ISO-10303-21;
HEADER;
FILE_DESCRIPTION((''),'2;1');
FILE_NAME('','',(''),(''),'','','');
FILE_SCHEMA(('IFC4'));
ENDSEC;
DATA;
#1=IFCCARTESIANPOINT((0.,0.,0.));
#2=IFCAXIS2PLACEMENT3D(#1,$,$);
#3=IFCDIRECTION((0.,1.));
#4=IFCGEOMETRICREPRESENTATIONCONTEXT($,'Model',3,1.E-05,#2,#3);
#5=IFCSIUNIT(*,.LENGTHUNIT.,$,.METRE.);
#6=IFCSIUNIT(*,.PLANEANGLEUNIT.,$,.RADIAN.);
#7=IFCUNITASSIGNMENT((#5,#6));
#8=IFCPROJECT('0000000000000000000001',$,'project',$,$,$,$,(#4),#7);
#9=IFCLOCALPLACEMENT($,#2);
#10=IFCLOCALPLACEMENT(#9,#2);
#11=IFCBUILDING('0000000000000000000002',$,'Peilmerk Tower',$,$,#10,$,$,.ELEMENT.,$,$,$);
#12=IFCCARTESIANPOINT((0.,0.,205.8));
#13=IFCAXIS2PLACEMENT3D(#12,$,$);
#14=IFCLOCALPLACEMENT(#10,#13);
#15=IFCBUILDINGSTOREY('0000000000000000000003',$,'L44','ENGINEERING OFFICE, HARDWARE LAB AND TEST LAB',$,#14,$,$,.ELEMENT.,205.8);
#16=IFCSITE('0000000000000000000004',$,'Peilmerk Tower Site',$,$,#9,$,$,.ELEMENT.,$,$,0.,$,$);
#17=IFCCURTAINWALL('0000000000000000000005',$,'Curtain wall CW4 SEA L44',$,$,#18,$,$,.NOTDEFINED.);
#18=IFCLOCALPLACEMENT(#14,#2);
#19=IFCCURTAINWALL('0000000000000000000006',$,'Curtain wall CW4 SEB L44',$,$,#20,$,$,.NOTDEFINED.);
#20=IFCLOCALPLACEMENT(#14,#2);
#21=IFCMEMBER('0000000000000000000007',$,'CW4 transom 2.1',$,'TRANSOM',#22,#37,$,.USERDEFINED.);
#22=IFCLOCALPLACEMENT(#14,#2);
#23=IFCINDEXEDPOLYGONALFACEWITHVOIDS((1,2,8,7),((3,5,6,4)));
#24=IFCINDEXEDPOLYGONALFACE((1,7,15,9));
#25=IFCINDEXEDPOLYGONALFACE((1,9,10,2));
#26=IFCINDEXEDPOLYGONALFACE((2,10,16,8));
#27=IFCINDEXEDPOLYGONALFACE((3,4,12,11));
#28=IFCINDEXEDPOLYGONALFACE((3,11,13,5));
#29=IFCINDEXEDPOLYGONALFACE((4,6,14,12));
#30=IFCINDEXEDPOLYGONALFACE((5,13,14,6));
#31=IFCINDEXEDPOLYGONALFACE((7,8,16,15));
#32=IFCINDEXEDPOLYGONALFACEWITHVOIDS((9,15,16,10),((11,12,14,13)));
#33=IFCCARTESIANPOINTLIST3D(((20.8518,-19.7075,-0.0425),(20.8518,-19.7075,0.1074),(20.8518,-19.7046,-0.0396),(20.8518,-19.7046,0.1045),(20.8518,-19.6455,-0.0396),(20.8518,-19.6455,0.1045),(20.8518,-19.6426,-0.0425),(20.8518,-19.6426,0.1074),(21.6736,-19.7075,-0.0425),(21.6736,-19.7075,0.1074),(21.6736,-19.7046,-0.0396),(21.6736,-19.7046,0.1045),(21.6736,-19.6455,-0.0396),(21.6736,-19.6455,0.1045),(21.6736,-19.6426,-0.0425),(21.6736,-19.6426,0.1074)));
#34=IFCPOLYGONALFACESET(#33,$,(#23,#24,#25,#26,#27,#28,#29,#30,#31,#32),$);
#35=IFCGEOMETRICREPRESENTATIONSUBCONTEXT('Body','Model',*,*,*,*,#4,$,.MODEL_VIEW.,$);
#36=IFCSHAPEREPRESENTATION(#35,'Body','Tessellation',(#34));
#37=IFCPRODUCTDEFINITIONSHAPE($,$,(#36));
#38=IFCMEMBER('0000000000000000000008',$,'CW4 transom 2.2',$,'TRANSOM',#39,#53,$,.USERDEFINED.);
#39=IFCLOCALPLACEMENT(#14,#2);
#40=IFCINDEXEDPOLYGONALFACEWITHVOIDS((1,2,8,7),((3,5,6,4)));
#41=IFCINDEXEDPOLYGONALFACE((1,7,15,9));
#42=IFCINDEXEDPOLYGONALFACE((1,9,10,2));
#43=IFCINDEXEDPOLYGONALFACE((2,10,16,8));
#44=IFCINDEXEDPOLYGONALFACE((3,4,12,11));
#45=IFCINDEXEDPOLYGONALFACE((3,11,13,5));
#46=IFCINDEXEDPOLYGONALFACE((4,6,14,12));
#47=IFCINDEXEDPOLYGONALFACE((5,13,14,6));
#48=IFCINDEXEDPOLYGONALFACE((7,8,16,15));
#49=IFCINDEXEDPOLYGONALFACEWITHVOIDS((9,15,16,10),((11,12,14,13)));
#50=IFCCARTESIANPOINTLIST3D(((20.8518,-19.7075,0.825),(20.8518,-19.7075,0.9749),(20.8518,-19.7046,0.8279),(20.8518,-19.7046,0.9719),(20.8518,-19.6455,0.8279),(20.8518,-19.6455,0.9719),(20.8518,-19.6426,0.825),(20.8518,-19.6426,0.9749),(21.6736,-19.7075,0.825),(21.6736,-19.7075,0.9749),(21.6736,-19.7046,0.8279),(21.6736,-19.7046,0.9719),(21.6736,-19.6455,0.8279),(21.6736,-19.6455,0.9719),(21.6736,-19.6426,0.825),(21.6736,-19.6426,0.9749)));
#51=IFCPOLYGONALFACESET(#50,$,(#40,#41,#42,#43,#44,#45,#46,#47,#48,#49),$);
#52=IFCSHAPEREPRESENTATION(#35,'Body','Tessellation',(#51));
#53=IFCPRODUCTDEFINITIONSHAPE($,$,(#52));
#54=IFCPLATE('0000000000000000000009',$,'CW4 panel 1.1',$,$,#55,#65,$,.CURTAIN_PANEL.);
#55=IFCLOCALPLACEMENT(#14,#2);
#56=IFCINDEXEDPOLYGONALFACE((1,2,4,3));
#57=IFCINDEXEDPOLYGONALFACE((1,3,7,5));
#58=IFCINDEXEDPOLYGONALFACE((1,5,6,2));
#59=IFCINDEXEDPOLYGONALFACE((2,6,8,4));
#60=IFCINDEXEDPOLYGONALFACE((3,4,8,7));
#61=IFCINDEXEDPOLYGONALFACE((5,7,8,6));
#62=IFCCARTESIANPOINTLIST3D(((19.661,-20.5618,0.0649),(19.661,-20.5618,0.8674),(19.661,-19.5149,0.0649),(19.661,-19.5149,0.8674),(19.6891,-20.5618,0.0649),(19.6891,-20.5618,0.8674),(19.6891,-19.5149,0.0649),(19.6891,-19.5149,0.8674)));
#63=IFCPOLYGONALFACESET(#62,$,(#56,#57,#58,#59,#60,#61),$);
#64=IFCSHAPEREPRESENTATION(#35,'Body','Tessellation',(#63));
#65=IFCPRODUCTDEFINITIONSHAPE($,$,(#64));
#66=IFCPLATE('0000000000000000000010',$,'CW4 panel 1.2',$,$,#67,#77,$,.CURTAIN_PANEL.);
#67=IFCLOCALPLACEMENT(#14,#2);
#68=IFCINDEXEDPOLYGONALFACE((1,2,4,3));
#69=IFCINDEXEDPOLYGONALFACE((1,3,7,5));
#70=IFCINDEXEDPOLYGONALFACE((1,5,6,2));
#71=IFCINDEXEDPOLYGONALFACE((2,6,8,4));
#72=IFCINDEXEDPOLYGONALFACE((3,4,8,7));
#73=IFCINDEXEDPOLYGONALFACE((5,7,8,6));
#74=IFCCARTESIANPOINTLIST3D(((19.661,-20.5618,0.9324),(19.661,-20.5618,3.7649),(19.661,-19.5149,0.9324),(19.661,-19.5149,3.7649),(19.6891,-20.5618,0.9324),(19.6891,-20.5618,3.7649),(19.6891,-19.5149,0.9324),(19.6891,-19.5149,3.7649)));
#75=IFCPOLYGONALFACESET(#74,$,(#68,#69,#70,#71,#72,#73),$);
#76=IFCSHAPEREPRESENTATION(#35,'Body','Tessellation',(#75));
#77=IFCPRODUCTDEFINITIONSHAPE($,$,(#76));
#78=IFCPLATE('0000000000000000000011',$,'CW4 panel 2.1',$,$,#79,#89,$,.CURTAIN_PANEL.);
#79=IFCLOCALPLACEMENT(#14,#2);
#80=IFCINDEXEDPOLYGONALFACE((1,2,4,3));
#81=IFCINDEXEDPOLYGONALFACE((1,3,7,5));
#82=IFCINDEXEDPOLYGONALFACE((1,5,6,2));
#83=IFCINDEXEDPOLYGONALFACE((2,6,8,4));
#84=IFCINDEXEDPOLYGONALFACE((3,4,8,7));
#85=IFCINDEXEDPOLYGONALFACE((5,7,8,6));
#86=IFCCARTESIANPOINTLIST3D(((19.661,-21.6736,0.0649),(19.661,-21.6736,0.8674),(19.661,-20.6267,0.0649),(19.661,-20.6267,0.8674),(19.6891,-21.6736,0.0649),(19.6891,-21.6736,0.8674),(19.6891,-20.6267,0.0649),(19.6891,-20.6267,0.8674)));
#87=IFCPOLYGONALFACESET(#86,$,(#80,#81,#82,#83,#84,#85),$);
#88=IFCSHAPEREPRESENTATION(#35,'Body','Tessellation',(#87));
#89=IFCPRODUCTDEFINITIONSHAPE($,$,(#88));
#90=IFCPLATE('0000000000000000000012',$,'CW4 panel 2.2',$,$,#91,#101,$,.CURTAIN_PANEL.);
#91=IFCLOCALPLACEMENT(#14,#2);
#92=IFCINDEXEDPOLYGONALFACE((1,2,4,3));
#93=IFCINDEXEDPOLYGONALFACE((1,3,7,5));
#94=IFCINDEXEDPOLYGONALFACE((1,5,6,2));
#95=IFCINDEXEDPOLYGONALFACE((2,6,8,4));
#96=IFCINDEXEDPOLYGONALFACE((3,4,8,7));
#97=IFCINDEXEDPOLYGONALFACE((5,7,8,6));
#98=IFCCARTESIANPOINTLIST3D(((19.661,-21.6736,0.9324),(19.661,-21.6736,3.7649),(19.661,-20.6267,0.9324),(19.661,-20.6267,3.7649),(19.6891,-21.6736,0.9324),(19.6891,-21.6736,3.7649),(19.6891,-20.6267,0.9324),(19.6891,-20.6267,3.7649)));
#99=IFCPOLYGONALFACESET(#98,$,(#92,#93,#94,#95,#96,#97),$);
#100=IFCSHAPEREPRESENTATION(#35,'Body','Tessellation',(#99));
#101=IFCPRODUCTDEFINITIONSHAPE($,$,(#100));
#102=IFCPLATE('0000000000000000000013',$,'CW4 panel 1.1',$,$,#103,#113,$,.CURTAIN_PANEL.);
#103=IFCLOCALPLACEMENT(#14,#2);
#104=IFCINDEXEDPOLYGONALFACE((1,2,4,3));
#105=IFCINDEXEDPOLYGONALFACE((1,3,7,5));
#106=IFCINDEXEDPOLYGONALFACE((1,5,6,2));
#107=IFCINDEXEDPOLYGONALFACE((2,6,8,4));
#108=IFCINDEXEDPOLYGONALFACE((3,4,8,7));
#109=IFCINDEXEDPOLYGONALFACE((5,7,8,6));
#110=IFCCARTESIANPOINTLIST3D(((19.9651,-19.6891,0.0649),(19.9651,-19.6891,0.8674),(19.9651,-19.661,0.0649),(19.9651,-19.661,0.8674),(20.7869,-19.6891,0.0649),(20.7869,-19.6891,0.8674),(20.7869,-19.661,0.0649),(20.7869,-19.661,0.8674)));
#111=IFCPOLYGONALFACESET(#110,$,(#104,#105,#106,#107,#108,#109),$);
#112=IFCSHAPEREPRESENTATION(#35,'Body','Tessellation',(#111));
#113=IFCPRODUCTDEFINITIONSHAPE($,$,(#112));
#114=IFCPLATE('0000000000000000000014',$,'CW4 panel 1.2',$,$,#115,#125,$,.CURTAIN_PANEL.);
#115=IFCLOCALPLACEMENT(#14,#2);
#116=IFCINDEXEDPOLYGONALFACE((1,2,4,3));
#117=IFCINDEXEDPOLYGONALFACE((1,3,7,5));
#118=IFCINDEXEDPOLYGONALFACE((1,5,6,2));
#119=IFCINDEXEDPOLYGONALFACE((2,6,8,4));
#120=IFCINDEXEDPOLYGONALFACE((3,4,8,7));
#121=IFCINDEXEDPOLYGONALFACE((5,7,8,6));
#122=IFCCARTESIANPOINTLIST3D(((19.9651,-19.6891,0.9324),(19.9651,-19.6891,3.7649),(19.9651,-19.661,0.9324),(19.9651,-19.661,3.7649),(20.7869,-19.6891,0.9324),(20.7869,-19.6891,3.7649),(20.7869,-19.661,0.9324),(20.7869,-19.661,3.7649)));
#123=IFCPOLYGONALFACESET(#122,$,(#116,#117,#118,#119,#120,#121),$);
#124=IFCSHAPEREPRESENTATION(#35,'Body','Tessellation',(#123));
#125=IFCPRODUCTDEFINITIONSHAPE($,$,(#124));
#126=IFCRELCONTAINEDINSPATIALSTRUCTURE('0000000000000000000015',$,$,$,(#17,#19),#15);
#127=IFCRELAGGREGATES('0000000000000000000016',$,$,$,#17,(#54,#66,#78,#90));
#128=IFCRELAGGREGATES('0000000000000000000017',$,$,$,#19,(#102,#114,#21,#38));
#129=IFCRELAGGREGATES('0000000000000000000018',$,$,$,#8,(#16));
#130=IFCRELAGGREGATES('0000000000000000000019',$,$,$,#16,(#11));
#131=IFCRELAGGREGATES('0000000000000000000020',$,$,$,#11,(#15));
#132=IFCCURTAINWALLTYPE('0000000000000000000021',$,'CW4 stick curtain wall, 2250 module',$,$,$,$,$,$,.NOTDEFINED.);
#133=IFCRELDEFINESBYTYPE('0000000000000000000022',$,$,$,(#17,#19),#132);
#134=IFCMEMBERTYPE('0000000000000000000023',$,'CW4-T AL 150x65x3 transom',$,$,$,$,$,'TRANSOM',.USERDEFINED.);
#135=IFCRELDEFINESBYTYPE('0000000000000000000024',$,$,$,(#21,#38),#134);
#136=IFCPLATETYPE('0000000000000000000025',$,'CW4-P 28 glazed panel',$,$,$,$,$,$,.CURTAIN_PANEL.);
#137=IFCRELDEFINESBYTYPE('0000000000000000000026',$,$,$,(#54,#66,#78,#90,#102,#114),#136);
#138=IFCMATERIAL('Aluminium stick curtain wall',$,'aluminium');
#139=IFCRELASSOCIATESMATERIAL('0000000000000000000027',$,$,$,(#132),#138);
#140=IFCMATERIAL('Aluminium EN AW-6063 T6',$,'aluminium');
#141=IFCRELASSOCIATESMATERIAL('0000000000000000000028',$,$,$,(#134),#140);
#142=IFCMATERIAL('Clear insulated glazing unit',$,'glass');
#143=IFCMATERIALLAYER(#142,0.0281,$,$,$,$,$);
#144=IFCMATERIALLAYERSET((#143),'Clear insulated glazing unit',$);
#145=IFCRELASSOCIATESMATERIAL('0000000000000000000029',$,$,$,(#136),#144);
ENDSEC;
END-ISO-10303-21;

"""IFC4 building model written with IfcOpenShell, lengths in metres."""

from ifc_helpers import new_model, si_unit, direction, frame, origin, origin_2d, place, context, subcontext, project, spatial, rectangle, hollow_rectangle, extrude, material, layer, layer_set, material_profile, profile_set, type_object, element, aggregate, save


model = new_model("IFC4")

# Units and contexts
model_context = context("Model", 3, precision=1e-05, world=origin(), true_north=direction((0.0, 1.0)))
body_context = subcontext(model_context, "Body", "Model", "MODEL_VIEW")
ifc_project = project(units=[si_unit("LENGTHUNIT", "METRE"), si_unit("PLANEANGLEUNIT", "RADIAN")], contexts=[model_context])

# Site, building, storey
site_placement = place(None, origin())
site = spatial("IfcSite", under=ifc_project, at=site_placement, Name="Peilmerk Tower Site", CompositionType="ELEMENT", RefElevation=0.0)
building_placement = place(site_placement, origin())
building = spatial("IfcBuilding", under=site, at=building_placement, Name="Peilmerk Tower", CompositionType="ELEMENT")
storey_placement = place(building_placement, frame((0.0, 0.0, 205.8)))
storey = spatial("IfcBuildingStorey", under=building, at=storey_placement, Name="L44", Description="ENGINEERING OFFICE, HARDWARE LAB AND TEST LAB", CompositionType="ELEMENT", Elevation=205.8)

# Curtain walls
ifc_material_1 = material(Name="Aluminium stick curtain wall", Category="aluminium")
curtain_wall_type = type_object("IfcCurtainWallType", Name="CW4 stick curtain wall, 2250 module", PredefinedType="NOTDEFINED", material=ifc_material_1)
curtain_wall_1_placement = place(storey_placement, origin())
curtain_wall_1 = element("IfcCurtainWall", 1, at=curtain_wall_1_placement, inside=storey, type_object=curtain_wall_type, Name="Curtain wall CW4 SEA L44", PredefinedType="NOTDEFINED")
ifc_material_2 = material(Name="Aluminium EN AW-6063 T6", Category="aluminium")
curtain_wall_2_placement = place(storey_placement, origin())
curtain_wall_2 = element("IfcCurtainWall", 2, at=curtain_wall_2_placement, inside=storey, type_object=curtain_wall_type, Name="Curtain wall CW4 SEB L44", PredefinedType="NOTDEFINED")

# Members
ifc_material_profile_1 = material_profile(ifc_material_2, hollow_rectangle(XDim=0.0649, YDim=0.1499, WallThickness=0.0029, at=origin_2d()), Name="AL 150x65x3")
ifc_profile_set_1 = profile_set([ifc_material_profile_1], Name="Aluminium EN AW-6063 T6")
member_type_1 = type_object("IfcMemberType", Name="CW4-T AL 150x65x3 transom", ElementType="TRANSOM", PredefinedType="USERDEFINED", material=ifc_profile_set_1)
member_1_placement = place(storey_placement, frame((20.8518, -19.675, 0.0325), z_axis=(1.0, 0.0, 0.0), x_axis=(0.0, 1.0, 0.0)))
member_1 = element("IfcMember", 3, at=member_1_placement, type_object=member_type_1, Name="CW4 transom 2.1", ObjectType="TRANSOM", PredefinedType="USERDEFINED", context=body_context, shape_type="SweptSolid", body=[
    extrude(hollow_rectangle(XDim=0.0649, YDim=0.1499, WallThickness=0.0029, at=origin_2d()), origin(), (0.0, 0.0, 1.0), 0.8218),
])
member_2_placement = place(storey_placement, frame((20.8518, -19.675, 0.8999), z_axis=(1.0, 0.0, 0.0), x_axis=(0.0, 1.0, 0.0)))
member_2 = element("IfcMember", 4, at=member_2_placement, type_object=member_type_1, Name="CW4 transom 2.2", ObjectType="TRANSOM", PredefinedType="USERDEFINED", context=body_context, shape_type="SweptSolid", body=[
    extrude(hollow_rectangle(XDim=0.0649, YDim=0.1499, WallThickness=0.0029, at=origin_2d()), origin(), (0.0, 0.0, 1.0), 0.8218),
])

# Plates
ifc_material_3 = material(Name="Clear insulated glazing unit", Category="glass")
ifc_layer_1 = layer(ifc_material_3, 0.0281)
ifc_layer_set_1 = layer_set([ifc_layer_1], Name="Clear insulated glazing unit")
plate_type = type_object("IfcPlateType", Name="CW4-P 28 glazed panel", PredefinedType="CURTAIN_PANEL", material=ifc_layer_set_1)
plate_1_placement = place(storey_placement, frame((19.675, -20.0383, 0.0649), z_axis=(0.0, 0.0, 1.0), x_axis=(0.0, -1.0, 0.0)))
plate_1 = element("IfcPlate", 5, at=plate_1_placement, type_object=plate_type, Name="CW4 panel 1.1", PredefinedType="CURTAIN_PANEL", context=body_context, shape_type="SweptSolid", body=[
    extrude(rectangle(XDim=1.0469, YDim=0.0281, at=origin_2d()), origin(), (0.0, 0.0, 1.0), 0.8025),
])
plate_2_placement = place(storey_placement, frame((19.675, -20.0383, 0.9324), z_axis=(0.0, 0.0, 1.0), x_axis=(0.0, -1.0, 0.0)))
plate_2 = element("IfcPlate", 6, at=plate_2_placement, type_object=plate_type, Name="CW4 panel 1.2", PredefinedType="CURTAIN_PANEL", context=body_context, shape_type="SweptSolid", body=[
    extrude(rectangle(XDim=1.0469, YDim=0.0281, at=origin_2d()), origin(), (0.0, 0.0, 1.0), 2.8325),
])
plate_3_placement = place(storey_placement, frame((19.675, -21.1501, 0.0649), z_axis=(0.0, 0.0, 1.0), x_axis=(0.0, -1.0, 0.0)))
plate_3 = element("IfcPlate", 7, at=plate_3_placement, type_object=plate_type, Name="CW4 panel 2.1", PredefinedType="CURTAIN_PANEL", context=body_context, shape_type="SweptSolid", body=[
    extrude(rectangle(XDim=1.0469, YDim=0.0281, at=origin_2d()), origin(), (0.0, 0.0, 1.0), 0.8025),
])
plate_4_placement = place(storey_placement, frame((19.675, -21.1501, 0.9324), z_axis=(0.0, 0.0, 1.0), x_axis=(0.0, -1.0, 0.0)))
plate_4 = element("IfcPlate", 8, at=plate_4_placement, type_object=plate_type, Name="CW4 panel 2.2", PredefinedType="CURTAIN_PANEL", context=body_context, shape_type="SweptSolid", body=[
    extrude(rectangle(XDim=1.0469, YDim=0.0281, at=origin_2d()), origin(), (0.0, 0.0, 1.0), 2.8325),
])
aggregate(curtain_wall_1, [plate_1, plate_2, plate_3, plate_4])
plate_5_placement = place(storey_placement, frame((20.376, -19.675, 0.0649), z_axis=(0.0, 0.0, 1.0), x_axis=(1.0, 0.0, 0.0)))
plate_5 = element("IfcPlate", 9, at=plate_5_placement, type_object=plate_type, Name="CW4 panel 1.1", PredefinedType="CURTAIN_PANEL", context=body_context, shape_type="SweptSolid", body=[
    extrude(rectangle(XDim=0.8218, YDim=0.0281, at=origin_2d()), origin(), (0.0, 0.0, 1.0), 0.8025),
])
plate_6_placement = place(storey_placement, frame((20.376, -19.675, 0.9324), z_axis=(0.0, 0.0, 1.0), x_axis=(1.0, 0.0, 0.0)))
plate_6 = element("IfcPlate", 10, at=plate_6_placement, type_object=plate_type, Name="CW4 panel 1.2", PredefinedType="CURTAIN_PANEL", context=body_context, shape_type="SweptSolid", body=[
    extrude(rectangle(XDim=0.8218, YDim=0.0281, at=origin_2d()), origin(), (0.0, 0.0, 1.0), 2.8325),
])
aggregate(curtain_wall_2, [plate_5, plate_6, member_1, member_2])

save(model, "model.ifc")
